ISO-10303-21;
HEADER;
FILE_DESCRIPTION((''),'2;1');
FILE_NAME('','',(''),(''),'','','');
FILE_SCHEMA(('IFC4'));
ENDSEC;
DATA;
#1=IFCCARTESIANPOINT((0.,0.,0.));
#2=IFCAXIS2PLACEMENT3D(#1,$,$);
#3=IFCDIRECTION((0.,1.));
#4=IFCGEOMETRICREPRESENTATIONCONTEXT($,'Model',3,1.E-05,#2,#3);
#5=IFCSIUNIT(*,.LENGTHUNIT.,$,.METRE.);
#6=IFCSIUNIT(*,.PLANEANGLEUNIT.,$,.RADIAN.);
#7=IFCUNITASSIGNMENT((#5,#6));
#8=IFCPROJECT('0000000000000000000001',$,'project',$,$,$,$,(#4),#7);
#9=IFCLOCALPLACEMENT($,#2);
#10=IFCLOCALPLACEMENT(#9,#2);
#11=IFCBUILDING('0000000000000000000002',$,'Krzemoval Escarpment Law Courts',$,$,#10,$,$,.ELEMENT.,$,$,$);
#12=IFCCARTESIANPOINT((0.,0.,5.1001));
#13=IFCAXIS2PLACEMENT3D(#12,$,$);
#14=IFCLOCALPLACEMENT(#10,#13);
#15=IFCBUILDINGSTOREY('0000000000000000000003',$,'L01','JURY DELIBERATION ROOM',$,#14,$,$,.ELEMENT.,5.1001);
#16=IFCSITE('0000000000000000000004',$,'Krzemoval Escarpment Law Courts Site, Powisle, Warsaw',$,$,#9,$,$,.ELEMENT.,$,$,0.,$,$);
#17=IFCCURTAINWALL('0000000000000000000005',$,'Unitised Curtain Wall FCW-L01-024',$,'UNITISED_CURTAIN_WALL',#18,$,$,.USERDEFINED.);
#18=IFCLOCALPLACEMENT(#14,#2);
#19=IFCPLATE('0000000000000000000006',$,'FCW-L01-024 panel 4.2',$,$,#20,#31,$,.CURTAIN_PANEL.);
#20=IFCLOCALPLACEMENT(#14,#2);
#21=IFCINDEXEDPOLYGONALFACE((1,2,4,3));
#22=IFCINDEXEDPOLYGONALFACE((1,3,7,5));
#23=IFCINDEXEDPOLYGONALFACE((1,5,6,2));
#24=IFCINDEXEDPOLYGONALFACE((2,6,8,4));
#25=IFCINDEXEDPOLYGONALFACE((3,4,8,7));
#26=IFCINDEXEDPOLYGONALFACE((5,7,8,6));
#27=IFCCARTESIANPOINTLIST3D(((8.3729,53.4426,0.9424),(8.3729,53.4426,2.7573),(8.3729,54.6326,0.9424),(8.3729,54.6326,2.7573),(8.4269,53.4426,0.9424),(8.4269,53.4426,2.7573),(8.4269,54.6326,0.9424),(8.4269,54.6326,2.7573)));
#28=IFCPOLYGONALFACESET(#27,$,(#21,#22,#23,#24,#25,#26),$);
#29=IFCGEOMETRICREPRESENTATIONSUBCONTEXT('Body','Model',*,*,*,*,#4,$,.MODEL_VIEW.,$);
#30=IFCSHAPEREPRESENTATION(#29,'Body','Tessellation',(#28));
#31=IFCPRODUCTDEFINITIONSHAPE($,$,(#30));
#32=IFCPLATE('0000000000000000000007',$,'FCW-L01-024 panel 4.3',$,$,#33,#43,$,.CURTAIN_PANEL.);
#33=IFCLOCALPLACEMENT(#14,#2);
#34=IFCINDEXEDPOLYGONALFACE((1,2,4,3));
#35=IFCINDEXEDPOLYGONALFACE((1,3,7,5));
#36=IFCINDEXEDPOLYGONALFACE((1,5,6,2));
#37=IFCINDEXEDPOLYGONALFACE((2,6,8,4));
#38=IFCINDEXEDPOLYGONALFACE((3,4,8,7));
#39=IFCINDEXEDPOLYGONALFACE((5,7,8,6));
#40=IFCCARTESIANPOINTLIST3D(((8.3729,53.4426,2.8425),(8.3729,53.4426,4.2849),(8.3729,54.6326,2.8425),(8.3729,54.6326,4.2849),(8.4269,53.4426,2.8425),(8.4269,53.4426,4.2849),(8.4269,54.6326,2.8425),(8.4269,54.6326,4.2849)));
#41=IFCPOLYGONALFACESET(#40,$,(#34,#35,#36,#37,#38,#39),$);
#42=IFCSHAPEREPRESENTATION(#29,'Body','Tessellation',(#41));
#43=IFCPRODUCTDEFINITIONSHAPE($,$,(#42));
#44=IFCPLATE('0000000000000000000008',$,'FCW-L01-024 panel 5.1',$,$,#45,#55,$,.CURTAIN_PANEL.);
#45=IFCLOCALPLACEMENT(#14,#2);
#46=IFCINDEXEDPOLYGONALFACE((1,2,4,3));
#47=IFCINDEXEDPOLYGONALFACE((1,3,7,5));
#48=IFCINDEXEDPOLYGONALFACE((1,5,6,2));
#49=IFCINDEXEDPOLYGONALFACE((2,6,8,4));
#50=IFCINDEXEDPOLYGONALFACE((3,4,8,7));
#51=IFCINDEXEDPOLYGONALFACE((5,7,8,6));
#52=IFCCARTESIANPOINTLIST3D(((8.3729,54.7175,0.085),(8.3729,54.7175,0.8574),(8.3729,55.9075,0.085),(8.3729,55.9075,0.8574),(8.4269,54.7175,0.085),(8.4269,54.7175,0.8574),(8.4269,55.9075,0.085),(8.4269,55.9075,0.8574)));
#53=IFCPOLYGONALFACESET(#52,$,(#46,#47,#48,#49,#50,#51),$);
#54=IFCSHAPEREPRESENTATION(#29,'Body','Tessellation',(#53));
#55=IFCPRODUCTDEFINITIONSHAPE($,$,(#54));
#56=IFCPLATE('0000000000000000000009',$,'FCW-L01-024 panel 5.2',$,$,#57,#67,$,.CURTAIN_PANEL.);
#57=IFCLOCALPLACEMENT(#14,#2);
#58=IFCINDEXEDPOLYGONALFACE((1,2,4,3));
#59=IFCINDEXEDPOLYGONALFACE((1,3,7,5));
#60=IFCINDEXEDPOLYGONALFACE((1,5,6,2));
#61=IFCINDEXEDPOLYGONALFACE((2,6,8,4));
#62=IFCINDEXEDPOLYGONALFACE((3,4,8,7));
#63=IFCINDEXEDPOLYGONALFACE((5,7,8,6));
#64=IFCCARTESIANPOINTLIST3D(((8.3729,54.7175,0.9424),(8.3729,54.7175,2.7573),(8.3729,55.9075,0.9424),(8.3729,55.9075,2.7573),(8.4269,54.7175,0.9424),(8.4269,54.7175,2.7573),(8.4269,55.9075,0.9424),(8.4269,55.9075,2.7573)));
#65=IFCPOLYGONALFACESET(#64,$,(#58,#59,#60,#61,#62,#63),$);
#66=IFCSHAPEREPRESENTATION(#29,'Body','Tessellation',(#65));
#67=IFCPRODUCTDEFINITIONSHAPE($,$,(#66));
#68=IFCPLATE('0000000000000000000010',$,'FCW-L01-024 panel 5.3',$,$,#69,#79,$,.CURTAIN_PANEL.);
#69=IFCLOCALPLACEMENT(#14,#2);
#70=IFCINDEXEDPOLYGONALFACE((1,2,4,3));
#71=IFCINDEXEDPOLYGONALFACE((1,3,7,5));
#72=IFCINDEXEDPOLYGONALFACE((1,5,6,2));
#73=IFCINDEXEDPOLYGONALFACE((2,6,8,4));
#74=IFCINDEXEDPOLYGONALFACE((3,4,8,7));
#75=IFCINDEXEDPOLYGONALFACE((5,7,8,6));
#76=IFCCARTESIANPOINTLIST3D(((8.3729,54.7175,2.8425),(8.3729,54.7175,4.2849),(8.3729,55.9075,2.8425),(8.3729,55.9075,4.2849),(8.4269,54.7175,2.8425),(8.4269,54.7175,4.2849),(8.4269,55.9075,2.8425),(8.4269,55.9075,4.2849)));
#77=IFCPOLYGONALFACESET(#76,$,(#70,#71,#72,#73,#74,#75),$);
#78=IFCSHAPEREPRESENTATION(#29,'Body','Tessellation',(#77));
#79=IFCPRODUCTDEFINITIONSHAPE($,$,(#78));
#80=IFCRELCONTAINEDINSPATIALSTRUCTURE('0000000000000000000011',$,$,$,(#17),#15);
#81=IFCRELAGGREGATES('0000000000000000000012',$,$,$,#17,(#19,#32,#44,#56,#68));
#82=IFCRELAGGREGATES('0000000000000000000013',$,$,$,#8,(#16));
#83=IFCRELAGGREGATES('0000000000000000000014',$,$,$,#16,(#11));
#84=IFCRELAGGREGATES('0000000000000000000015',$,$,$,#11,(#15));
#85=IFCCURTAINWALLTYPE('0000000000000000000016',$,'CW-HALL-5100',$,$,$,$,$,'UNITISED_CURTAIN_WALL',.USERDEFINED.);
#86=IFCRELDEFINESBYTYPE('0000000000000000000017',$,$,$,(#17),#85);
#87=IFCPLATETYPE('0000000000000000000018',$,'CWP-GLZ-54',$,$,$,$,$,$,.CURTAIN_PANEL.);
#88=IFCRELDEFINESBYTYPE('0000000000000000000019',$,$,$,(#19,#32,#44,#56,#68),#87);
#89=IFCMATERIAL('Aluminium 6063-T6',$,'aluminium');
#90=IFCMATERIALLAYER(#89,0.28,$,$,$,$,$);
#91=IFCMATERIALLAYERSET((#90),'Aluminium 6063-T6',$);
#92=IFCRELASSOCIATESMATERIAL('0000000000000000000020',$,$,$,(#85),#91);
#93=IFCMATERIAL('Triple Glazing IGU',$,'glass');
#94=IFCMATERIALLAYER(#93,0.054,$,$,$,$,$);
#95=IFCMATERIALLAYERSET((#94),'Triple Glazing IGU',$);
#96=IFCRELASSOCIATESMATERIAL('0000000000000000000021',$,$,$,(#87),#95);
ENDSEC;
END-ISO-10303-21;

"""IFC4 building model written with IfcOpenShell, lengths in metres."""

from ifc_helpers import new_model, si_unit, direction, frame, origin, origin_2d, place, context, subcontext, project, spatial, rectangle, extrude, material, layer, layer_set, type_object, element, aggregate, save


model = new_model("IFC4")

# Units and contexts
model_context = context("Model", 3, precision=1e-05, world=origin(), true_north=direction((0.0, 1.0)))
body_context = subcontext(model_context, "Body", "Model", "MODEL_VIEW")
ifc_project = project(units=[si_unit("LENGTHUNIT", "METRE"), si_unit("PLANEANGLEUNIT", "RADIAN")], contexts=[model_context])

# Site, building, storey
site_placement = place(None, origin())
site = spatial("IfcSite", under=ifc_project, at=site_placement, Name="Krzemoval Escarpment Law Courts Site, Powisle, Warsaw", CompositionType="ELEMENT", RefElevation=0.0)
building_placement = place(site_placement, origin())
building = spatial("IfcBuilding", under=site, at=building_placement, Name="Krzemoval Escarpment Law Courts", CompositionType="ELEMENT")
storey_placement = place(building_placement, frame((0.0, 0.0, 5.1001)))
storey = spatial("IfcBuildingStorey", under=building, at=storey_placement, Name="L01", Description="JURY DELIBERATION ROOM", CompositionType="ELEMENT", Elevation=5.1001)

# Curtain wall, plates
ifc_material_1 = material(Name="Aluminium 6063-T6", Category="aluminium")
ifc_layer_1 = layer(ifc_material_1, 0.28)
ifc_layer_set_1 = layer_set([ifc_layer_1], Name="Aluminium 6063-T6")
curtain_wall_type = type_object("IfcCurtainWallType", Name="CW-HALL-5100", ElementType="UNITISED_CURTAIN_WALL", PredefinedType="USERDEFINED", material=ifc_layer_set_1)
curtain_wall_placement = place(storey_placement, origin())
curtain_wall = element("IfcCurtainWall", 1, at=curtain_wall_placement, inside=storey, type_object=curtain_wall_type, Name="Unitised Curtain Wall FCW-L01-024", ObjectType="UNITISED_CURTAIN_WALL", PredefinedType="USERDEFINED")
ifc_material_2 = material(Name="Triple Glazing IGU", Category="glass")
ifc_layer_2 = layer(ifc_material_2, 0.054)
ifc_layer_set_2 = layer_set([ifc_layer_2], Name="Triple Glazing IGU")
plate_type = type_object("IfcPlateType", Name="CWP-GLZ-54", PredefinedType="CURTAIN_PANEL", material=ifc_layer_set_2)
plate_1_placement = place(storey_placement, frame((8.3999, 54.0376, 0.9424), z_axis=(0.0, 0.0, 1.0), x_axis=(0.0, 1.0, 0.0)))
plate_1 = element("IfcPlate", 2, at=plate_1_placement, type_object=plate_type, Name="FCW-L01-024 panel 4.2", PredefinedType="CURTAIN_PANEL", context=body_context, shape_type="SweptSolid", body=[
    extrude(rectangle(XDim=1.1899, YDim=0.054, at=origin_2d()), origin(), (0.0, 0.0, 1.0), 1.8149),
])
plate_2_placement = place(storey_placement, frame((8.3999, 54.0376, 2.8425), z_axis=(0.0, 0.0, 1.0), x_axis=(0.0, 1.0, 0.0)))
plate_2 = element("IfcPlate", 3, at=plate_2_placement, type_object=plate_type, Name="FCW-L01-024 panel 4.3", PredefinedType="CURTAIN_PANEL", context=body_context, shape_type="SweptSolid", body=[
    extrude(rectangle(XDim=1.1899, YDim=0.054, at=origin_2d()), origin(), (0.0, 0.0, 1.0), 1.4424),
])
plate_3_placement = place(storey_placement, frame((8.3999, 55.3125, 0.085), z_axis=(0.0, 0.0, 1.0), x_axis=(0.0, 1.0, 0.0)))
plate_3 = element("IfcPlate", 4, at=plate_3_placement, type_object=plate_type, Name="FCW-L01-024 panel 5.1", PredefinedType="CURTAIN_PANEL", context=body_context, shape_type="SweptSolid", body=[
    extrude(rectangle(XDim=1.1899, YDim=0.054, at=origin_2d()), origin(), (0.0, 0.0, 1.0), 0.7725),
])
plate_4_placement = place(storey_placement, frame((8.3999, 55.3125, 0.9424), z_axis=(0.0, 0.0, 1.0), x_axis=(0.0, 1.0, 0.0)))
plate_4 = element("IfcPlate", 5, at=plate_4_placement, type_object=plate_type, Name="FCW-L01-024 panel 5.2", PredefinedType="CURTAIN_PANEL", context=body_context, shape_type="SweptSolid", body=[
    extrude(rectangle(XDim=1.1899, YDim=0.054, at=origin_2d()), origin(), (0.0, 0.0, 1.0), 1.8149),
])
plate_5_placement = place(storey_placement, frame((8.3999, 55.3125, 2.8425), z_axis=(0.0, 0.0, 1.0), x_axis=(0.0, 1.0, 0.0)))
plate_5 = element("IfcPlate", 6, at=plate_5_placement, type_object=plate_type, Name="FCW-L01-024 panel 5.3", PredefinedType="CURTAIN_PANEL", context=body_context, shape_type="SweptSolid", body=[
    extrude(rectangle(XDim=1.1899, YDim=0.054, at=origin_2d()), origin(), (0.0, 0.0, 1.0), 1.4424),
])
aggregate(curtain_wall, [plate_1, plate_2, plate_3, plate_4, plate_5])

save(model, "model.ifc")
